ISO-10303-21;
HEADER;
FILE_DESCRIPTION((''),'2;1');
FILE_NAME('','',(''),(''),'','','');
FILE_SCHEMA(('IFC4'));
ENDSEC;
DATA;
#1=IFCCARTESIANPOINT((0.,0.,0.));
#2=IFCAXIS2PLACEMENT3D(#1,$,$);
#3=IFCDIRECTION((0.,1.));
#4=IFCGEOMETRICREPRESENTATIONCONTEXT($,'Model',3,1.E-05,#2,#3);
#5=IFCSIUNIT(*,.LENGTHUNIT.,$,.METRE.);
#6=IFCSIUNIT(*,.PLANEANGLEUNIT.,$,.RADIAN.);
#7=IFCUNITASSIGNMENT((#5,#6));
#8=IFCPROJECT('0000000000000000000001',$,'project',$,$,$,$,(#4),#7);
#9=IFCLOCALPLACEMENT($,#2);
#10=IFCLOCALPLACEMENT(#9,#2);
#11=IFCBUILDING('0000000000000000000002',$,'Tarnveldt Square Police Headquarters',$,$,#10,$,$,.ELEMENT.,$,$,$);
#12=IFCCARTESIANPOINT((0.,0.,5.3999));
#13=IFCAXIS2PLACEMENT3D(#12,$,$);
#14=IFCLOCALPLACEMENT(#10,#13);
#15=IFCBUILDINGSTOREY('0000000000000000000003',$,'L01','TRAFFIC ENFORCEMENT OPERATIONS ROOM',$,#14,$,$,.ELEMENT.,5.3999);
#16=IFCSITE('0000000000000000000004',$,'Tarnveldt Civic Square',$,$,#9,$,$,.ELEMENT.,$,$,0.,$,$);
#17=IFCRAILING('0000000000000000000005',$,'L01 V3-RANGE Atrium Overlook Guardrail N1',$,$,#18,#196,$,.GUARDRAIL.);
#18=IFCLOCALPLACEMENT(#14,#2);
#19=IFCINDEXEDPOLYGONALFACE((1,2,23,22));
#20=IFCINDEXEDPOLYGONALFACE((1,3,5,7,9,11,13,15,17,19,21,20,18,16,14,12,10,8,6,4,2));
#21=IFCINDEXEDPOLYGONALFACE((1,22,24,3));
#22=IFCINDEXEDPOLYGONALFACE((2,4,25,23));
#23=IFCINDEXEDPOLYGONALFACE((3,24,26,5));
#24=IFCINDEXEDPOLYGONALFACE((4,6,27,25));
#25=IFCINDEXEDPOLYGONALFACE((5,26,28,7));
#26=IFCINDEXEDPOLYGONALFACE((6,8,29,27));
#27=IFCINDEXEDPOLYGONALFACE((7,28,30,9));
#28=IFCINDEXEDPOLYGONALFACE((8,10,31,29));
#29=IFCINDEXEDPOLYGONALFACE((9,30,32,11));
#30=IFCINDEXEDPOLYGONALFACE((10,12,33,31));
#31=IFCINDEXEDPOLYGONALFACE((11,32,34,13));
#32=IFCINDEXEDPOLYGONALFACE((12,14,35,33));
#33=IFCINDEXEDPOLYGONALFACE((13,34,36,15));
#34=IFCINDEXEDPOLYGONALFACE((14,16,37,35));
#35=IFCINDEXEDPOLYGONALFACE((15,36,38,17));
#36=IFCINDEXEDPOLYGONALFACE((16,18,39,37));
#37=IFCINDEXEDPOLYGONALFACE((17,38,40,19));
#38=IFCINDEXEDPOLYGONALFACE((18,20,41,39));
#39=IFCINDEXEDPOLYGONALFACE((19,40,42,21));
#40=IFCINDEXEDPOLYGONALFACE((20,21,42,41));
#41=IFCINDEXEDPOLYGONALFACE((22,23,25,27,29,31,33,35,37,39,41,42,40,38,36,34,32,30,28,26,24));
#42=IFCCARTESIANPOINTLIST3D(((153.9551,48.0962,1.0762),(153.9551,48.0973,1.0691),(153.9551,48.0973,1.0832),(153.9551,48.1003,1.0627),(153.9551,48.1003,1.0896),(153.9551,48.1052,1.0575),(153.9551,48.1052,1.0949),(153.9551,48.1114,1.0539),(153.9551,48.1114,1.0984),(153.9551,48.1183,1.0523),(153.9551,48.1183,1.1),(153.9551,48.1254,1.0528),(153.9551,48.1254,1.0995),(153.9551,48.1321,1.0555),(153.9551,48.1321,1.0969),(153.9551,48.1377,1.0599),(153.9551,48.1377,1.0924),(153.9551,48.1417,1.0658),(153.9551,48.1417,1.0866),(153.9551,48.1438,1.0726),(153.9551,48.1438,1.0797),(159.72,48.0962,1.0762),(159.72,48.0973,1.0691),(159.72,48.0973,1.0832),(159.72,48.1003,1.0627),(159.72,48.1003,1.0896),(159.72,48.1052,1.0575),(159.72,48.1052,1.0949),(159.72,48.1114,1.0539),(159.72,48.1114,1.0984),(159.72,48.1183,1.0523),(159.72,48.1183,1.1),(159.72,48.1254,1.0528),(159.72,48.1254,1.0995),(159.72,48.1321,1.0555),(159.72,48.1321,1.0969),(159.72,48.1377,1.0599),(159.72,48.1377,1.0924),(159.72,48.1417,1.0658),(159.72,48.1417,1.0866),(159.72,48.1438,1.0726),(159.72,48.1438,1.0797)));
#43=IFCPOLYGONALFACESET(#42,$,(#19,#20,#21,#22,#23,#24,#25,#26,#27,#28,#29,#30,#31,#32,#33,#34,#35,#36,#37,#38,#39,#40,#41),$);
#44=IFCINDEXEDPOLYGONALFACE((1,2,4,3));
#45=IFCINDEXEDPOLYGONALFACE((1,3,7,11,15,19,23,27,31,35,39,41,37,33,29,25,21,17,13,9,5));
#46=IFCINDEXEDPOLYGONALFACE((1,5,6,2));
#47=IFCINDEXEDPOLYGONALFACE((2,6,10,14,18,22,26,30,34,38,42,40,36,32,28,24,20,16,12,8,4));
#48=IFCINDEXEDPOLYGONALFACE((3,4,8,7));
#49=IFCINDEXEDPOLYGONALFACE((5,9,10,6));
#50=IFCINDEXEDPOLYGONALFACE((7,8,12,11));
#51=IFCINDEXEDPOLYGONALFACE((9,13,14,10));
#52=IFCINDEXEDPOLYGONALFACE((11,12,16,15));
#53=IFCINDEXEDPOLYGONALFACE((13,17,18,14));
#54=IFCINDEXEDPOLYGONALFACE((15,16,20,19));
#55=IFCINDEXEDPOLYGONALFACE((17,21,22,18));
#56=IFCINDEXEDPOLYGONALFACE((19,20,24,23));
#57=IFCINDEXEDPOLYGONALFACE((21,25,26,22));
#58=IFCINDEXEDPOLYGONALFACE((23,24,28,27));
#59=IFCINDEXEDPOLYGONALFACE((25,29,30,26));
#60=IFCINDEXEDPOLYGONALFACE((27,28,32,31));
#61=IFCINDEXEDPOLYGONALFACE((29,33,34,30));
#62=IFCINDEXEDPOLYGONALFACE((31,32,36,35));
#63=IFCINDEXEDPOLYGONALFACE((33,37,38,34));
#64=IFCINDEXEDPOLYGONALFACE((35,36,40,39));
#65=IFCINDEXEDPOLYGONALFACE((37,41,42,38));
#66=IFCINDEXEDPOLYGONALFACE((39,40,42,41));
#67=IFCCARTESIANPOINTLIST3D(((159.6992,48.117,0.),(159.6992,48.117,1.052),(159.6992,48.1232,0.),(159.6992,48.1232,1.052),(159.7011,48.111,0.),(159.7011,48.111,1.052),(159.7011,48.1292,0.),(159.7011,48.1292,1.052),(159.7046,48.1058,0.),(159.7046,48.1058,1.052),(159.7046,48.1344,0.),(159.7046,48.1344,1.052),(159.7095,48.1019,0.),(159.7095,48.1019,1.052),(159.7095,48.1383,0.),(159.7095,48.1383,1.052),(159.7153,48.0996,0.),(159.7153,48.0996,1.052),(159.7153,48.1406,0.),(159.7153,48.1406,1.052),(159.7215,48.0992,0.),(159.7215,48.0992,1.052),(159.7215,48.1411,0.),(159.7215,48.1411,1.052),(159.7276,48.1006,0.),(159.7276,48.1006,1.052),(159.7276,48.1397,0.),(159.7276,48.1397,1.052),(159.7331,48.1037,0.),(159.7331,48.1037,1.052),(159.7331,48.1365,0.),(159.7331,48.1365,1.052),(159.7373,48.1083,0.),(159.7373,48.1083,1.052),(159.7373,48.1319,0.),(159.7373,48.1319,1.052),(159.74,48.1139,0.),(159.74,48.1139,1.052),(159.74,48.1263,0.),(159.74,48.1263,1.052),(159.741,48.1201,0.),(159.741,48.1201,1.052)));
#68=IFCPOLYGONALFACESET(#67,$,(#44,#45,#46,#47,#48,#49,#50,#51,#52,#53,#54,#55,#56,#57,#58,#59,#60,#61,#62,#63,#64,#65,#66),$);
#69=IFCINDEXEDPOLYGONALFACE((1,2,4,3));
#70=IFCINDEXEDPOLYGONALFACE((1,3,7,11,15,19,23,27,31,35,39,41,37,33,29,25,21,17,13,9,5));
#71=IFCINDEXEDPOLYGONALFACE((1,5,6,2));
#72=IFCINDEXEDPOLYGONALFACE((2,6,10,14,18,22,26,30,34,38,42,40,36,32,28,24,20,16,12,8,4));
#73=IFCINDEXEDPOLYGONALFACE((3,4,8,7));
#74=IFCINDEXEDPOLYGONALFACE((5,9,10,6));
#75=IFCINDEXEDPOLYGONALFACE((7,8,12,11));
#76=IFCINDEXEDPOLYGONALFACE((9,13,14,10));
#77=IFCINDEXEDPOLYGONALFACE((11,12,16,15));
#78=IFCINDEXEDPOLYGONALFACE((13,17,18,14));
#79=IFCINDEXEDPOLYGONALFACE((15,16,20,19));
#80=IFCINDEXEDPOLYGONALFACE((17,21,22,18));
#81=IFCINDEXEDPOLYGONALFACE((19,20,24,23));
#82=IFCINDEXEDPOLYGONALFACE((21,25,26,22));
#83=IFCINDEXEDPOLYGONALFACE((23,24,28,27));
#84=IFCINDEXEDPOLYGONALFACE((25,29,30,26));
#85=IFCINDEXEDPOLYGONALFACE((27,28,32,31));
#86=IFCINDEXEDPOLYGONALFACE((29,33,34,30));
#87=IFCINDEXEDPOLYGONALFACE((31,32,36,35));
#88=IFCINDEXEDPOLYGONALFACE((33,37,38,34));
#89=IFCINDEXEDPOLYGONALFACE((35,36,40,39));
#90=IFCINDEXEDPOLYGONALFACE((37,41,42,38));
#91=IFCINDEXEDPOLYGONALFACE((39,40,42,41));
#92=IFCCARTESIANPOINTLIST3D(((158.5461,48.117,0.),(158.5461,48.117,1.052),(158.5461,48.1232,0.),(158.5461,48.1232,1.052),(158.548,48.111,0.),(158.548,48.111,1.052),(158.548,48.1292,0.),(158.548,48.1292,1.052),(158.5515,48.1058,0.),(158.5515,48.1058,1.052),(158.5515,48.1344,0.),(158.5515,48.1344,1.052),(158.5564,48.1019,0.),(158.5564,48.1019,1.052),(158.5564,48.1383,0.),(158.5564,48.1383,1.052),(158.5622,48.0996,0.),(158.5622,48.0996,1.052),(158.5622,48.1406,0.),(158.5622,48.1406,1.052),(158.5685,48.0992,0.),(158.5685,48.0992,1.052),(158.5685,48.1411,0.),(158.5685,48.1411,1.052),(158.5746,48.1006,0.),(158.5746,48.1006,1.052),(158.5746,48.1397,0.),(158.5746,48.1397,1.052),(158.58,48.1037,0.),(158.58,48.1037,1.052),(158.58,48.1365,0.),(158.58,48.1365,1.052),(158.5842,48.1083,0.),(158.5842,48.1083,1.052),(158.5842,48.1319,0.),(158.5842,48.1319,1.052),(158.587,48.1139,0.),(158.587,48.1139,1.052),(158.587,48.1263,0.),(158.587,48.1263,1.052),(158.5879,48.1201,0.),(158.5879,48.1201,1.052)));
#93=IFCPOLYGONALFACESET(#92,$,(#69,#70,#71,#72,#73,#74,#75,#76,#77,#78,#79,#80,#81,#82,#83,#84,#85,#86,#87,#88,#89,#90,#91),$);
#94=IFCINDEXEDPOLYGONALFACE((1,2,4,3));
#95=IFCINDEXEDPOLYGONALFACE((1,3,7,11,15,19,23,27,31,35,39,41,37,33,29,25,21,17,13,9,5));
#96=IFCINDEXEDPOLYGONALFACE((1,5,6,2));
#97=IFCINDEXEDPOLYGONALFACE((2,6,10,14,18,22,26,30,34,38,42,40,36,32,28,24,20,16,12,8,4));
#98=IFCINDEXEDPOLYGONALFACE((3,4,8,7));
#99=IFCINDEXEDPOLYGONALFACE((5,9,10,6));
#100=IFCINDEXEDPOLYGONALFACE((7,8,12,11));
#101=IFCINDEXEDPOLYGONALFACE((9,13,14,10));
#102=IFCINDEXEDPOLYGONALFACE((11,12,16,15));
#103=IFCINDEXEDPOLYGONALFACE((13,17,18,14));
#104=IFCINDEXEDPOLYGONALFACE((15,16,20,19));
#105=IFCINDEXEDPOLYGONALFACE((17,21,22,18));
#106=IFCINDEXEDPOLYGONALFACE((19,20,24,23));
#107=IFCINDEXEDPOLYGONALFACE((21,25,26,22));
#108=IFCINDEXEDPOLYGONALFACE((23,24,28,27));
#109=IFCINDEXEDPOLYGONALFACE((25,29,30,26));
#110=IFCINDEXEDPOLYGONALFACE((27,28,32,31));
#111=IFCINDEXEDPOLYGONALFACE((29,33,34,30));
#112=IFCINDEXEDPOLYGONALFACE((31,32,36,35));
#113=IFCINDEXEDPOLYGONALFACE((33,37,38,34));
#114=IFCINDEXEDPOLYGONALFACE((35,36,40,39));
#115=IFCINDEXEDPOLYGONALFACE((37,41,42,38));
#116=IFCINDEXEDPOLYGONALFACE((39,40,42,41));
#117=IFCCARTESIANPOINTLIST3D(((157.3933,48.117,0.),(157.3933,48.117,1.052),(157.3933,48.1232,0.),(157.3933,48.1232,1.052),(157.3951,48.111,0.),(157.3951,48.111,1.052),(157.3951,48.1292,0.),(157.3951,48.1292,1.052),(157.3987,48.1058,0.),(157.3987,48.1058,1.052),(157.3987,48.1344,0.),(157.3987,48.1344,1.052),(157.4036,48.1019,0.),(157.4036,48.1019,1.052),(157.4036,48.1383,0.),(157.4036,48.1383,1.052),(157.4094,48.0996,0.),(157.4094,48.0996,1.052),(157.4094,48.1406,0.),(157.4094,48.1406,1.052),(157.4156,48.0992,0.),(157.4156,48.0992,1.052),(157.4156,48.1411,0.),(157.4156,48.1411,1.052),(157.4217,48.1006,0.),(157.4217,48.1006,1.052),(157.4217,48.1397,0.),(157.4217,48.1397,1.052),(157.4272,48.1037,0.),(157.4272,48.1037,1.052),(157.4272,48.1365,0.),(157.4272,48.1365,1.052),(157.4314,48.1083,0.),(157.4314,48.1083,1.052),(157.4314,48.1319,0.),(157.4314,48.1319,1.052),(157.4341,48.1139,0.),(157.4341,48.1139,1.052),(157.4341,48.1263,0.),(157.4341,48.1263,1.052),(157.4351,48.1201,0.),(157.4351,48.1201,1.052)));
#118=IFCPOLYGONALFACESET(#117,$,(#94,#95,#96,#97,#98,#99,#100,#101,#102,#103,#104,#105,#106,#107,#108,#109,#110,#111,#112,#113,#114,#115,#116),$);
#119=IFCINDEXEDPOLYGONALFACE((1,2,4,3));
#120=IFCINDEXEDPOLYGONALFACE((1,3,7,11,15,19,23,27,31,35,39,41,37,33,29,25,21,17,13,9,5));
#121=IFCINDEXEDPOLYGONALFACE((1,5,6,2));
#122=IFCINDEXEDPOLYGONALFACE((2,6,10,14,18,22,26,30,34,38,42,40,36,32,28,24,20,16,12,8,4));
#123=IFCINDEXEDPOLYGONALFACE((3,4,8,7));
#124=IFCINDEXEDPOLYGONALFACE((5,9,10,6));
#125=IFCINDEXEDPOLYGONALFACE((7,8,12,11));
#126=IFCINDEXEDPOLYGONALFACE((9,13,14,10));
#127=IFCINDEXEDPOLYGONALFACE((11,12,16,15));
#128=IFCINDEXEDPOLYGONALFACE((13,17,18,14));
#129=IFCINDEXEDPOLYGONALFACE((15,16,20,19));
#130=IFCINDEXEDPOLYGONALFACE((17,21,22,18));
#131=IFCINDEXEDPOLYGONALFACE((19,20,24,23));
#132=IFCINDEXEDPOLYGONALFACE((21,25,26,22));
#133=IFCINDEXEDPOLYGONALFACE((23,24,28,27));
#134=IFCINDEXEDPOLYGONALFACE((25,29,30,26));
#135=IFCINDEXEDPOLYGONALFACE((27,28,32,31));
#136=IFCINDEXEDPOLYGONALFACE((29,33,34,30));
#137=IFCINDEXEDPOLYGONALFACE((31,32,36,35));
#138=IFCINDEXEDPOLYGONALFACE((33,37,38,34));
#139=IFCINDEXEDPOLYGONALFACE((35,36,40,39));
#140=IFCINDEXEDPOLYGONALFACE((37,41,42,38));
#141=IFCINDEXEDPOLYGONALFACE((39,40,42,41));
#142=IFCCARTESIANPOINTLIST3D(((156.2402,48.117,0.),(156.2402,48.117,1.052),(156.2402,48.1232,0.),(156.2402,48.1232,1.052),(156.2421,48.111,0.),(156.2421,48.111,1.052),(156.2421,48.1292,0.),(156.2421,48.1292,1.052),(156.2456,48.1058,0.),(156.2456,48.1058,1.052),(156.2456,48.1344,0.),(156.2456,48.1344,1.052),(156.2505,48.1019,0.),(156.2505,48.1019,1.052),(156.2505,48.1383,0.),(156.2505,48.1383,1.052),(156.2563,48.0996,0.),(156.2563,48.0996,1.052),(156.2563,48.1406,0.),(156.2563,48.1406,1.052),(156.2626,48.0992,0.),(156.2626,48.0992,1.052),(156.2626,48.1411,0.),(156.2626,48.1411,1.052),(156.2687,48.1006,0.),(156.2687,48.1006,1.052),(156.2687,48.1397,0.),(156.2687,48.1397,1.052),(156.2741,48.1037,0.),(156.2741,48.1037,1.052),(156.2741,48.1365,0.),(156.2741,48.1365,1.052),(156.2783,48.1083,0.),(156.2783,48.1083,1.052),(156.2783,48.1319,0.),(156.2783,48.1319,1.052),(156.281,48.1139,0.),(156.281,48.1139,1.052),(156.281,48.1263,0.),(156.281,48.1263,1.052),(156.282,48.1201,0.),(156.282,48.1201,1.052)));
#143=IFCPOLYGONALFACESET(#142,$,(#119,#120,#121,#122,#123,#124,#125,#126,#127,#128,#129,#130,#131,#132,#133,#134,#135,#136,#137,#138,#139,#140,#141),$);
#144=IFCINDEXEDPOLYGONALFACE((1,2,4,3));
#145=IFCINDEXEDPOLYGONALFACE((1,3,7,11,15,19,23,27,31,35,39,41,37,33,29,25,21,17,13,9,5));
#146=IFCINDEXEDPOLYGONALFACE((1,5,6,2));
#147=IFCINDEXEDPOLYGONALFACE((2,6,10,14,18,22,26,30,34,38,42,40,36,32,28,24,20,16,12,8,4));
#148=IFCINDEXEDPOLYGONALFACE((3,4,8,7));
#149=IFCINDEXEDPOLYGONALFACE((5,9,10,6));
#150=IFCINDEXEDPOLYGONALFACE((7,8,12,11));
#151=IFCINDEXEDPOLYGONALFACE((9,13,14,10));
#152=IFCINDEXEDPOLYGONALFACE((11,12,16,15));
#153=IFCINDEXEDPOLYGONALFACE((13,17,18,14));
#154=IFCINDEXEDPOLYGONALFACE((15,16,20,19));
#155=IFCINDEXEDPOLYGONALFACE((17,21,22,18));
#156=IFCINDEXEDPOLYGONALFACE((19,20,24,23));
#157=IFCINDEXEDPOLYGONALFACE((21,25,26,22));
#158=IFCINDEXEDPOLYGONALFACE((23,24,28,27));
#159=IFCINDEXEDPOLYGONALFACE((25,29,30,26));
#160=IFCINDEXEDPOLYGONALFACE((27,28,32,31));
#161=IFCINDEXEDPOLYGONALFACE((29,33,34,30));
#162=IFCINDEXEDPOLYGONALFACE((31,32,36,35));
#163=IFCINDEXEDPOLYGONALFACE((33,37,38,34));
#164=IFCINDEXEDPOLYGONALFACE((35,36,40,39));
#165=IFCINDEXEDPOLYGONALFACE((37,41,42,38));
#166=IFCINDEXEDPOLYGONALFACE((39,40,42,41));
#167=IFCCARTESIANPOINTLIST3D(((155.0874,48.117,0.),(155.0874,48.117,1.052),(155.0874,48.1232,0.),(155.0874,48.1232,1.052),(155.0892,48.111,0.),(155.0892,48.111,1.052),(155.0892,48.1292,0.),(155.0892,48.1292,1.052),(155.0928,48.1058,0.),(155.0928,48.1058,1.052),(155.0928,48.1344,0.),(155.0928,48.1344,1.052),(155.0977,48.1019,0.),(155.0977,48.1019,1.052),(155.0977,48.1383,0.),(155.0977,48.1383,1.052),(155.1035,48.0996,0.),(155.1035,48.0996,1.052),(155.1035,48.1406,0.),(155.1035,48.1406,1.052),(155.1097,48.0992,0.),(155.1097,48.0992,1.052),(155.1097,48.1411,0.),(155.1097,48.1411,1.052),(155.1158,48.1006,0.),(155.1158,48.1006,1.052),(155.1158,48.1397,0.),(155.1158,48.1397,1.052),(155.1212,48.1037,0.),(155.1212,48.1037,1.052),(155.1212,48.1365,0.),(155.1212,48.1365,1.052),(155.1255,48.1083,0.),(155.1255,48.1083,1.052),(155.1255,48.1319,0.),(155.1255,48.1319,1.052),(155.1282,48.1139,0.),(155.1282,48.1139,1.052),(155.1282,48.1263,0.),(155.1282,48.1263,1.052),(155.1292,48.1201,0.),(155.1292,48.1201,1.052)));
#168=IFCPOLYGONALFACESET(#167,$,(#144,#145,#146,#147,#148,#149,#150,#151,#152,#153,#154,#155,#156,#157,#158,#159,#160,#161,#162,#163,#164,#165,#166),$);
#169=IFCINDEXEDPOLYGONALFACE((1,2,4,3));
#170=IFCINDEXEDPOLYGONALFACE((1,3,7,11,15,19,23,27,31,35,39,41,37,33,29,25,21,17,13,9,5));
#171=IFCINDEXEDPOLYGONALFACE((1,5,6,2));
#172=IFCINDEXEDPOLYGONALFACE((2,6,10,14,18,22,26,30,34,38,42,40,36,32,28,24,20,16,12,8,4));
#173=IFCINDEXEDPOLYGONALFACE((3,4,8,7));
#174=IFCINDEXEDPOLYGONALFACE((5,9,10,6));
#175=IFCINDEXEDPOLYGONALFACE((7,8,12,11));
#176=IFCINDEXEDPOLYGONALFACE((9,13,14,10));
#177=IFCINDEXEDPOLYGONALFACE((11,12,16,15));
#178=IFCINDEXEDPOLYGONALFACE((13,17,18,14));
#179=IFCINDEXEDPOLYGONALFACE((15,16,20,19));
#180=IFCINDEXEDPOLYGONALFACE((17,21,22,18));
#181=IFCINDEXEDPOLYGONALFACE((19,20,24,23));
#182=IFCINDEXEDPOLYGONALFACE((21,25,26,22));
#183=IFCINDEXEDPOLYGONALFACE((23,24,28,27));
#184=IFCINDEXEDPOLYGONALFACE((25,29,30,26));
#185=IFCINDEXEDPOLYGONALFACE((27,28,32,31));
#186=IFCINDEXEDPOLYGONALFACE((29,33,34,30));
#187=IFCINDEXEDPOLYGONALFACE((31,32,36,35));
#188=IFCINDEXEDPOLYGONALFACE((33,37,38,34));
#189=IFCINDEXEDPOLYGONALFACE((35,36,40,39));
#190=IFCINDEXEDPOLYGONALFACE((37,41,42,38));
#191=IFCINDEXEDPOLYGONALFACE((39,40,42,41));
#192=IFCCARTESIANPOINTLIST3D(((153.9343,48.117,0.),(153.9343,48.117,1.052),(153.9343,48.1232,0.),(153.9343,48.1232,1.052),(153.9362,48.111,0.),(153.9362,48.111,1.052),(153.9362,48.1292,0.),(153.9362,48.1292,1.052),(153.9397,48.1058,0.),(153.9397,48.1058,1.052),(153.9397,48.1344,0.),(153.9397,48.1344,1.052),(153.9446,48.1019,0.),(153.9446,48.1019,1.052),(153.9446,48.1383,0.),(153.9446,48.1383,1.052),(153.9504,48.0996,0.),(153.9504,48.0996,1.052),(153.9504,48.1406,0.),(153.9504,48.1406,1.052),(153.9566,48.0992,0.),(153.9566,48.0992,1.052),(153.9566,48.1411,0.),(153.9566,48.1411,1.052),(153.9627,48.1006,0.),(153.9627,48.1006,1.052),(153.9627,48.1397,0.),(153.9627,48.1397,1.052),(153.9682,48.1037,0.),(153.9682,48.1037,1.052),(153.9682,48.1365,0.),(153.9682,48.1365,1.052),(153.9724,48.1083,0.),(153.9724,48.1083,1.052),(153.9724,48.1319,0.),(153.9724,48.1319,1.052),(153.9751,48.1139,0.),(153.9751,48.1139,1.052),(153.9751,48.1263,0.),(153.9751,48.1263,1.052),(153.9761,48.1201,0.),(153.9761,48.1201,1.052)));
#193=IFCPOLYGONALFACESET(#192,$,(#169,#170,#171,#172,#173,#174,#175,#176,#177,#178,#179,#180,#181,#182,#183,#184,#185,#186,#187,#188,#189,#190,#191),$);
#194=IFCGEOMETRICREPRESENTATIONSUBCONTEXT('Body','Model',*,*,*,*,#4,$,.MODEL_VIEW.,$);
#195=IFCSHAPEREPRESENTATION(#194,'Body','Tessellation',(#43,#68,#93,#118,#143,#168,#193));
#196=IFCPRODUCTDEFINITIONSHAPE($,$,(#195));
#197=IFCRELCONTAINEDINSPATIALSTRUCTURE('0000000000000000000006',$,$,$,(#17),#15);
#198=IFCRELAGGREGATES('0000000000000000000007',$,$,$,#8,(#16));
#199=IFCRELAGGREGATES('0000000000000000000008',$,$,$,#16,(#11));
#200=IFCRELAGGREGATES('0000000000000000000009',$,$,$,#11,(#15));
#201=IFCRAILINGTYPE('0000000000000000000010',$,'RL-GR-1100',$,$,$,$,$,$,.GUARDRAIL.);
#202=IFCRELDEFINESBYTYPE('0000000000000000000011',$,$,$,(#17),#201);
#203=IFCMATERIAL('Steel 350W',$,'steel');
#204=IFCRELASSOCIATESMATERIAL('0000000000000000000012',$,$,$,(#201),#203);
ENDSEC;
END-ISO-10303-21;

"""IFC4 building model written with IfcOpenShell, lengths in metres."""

from ifc_helpers import new_model, si_unit, direction, frame, origin, origin_2d, place, context, subcontext, project, spatial, circle, extrude, material, type_object, element, save


model = new_model("IFC4")

# Units and contexts
model_context = context("Model", 3, precision=1e-05, world=origin(), true_north=direction((0.0, 1.0)))
body_context = subcontext(model_context, "Body", "Model", "MODEL_VIEW")
ifc_project = project(units=[si_unit("LENGTHUNIT", "METRE"), si_unit("PLANEANGLEUNIT", "RADIAN")], contexts=[model_context])

# Site, building, storey
site_placement = place(None, origin())
site = spatial("IfcSite", under=ifc_project, at=site_placement, Name="Tarnveldt Civic Square", CompositionType="ELEMENT", RefElevation=0.0)
building_placement = place(site_placement, origin())
building = spatial("IfcBuilding", under=site, at=building_placement, Name="Tarnveldt Square Police Headquarters", CompositionType="ELEMENT")
storey_placement = place(building_placement, frame((0.0, 0.0, 5.3999)))
storey = spatial("IfcBuildingStorey", under=building, at=storey_placement, Name="L01", Description="TRAFFIC ENFORCEMENT OPERATIONS ROOM", CompositionType="ELEMENT", Elevation=5.3999)

# Shared definitions
ifc_material_1 = material(Name="Steel 350W", Category="steel")

# Railing
railing_type = type_object("IfcRailingType", Name="RL-GR-1100", PredefinedType="GUARDRAIL", material=ifc_material_1)
railing_1_placement = place(storey_placement, frame((159.72, 48.1201, 0.0)))
element("IfcRailing", 1, at=railing_1_placement, inside=storey, type_object=railing_type, Name="L01 V3-RANGE Atrium Overlook Guardrail N1", PredefinedType="GUARDRAIL", context=body_context, shape_type="SweptSolid", body=[
    extrude(circle(Radius=0.0239, at=origin_2d()), frame((0.0, 0.0, 1.0762), z_axis=(-1.0, 0.0, 0.0), x_axis=(0.0, -1.0, 0.0)), (0.0, 0.0, 1.0), 5.7649),
    extrude(circle(Radius=0.021, at=origin_2d()), origin(), (0.0, 0.0, 1.0), 1.052),
    extrude(circle(Radius=0.021, at=origin_2d()), frame((-1.1531, 0.0, 0.0)), (0.0, 0.0, 1.0), 1.052),
    extrude(circle(Radius=0.021, at=origin_2d()), frame((-2.3059, 0.0, 0.0)), (0.0, 0.0, 1.0), 1.052),
    extrude(circle(Radius=0.021, at=origin_2d()), frame((-3.459, 0.0, 0.0)), (0.0, 0.0, 1.0), 1.052),
    extrude(circle(Radius=0.021, at=origin_2d()), frame((-4.6118, 0.0, 0.0)), (0.0, 0.0, 1.0), 1.052),
    extrude(circle(Radius=0.021, at=origin_2d()), frame((-5.7649, 0.0, 0.0)), (0.0, 0.0, 1.0), 1.052),
])

save(model, "model.ifc")
